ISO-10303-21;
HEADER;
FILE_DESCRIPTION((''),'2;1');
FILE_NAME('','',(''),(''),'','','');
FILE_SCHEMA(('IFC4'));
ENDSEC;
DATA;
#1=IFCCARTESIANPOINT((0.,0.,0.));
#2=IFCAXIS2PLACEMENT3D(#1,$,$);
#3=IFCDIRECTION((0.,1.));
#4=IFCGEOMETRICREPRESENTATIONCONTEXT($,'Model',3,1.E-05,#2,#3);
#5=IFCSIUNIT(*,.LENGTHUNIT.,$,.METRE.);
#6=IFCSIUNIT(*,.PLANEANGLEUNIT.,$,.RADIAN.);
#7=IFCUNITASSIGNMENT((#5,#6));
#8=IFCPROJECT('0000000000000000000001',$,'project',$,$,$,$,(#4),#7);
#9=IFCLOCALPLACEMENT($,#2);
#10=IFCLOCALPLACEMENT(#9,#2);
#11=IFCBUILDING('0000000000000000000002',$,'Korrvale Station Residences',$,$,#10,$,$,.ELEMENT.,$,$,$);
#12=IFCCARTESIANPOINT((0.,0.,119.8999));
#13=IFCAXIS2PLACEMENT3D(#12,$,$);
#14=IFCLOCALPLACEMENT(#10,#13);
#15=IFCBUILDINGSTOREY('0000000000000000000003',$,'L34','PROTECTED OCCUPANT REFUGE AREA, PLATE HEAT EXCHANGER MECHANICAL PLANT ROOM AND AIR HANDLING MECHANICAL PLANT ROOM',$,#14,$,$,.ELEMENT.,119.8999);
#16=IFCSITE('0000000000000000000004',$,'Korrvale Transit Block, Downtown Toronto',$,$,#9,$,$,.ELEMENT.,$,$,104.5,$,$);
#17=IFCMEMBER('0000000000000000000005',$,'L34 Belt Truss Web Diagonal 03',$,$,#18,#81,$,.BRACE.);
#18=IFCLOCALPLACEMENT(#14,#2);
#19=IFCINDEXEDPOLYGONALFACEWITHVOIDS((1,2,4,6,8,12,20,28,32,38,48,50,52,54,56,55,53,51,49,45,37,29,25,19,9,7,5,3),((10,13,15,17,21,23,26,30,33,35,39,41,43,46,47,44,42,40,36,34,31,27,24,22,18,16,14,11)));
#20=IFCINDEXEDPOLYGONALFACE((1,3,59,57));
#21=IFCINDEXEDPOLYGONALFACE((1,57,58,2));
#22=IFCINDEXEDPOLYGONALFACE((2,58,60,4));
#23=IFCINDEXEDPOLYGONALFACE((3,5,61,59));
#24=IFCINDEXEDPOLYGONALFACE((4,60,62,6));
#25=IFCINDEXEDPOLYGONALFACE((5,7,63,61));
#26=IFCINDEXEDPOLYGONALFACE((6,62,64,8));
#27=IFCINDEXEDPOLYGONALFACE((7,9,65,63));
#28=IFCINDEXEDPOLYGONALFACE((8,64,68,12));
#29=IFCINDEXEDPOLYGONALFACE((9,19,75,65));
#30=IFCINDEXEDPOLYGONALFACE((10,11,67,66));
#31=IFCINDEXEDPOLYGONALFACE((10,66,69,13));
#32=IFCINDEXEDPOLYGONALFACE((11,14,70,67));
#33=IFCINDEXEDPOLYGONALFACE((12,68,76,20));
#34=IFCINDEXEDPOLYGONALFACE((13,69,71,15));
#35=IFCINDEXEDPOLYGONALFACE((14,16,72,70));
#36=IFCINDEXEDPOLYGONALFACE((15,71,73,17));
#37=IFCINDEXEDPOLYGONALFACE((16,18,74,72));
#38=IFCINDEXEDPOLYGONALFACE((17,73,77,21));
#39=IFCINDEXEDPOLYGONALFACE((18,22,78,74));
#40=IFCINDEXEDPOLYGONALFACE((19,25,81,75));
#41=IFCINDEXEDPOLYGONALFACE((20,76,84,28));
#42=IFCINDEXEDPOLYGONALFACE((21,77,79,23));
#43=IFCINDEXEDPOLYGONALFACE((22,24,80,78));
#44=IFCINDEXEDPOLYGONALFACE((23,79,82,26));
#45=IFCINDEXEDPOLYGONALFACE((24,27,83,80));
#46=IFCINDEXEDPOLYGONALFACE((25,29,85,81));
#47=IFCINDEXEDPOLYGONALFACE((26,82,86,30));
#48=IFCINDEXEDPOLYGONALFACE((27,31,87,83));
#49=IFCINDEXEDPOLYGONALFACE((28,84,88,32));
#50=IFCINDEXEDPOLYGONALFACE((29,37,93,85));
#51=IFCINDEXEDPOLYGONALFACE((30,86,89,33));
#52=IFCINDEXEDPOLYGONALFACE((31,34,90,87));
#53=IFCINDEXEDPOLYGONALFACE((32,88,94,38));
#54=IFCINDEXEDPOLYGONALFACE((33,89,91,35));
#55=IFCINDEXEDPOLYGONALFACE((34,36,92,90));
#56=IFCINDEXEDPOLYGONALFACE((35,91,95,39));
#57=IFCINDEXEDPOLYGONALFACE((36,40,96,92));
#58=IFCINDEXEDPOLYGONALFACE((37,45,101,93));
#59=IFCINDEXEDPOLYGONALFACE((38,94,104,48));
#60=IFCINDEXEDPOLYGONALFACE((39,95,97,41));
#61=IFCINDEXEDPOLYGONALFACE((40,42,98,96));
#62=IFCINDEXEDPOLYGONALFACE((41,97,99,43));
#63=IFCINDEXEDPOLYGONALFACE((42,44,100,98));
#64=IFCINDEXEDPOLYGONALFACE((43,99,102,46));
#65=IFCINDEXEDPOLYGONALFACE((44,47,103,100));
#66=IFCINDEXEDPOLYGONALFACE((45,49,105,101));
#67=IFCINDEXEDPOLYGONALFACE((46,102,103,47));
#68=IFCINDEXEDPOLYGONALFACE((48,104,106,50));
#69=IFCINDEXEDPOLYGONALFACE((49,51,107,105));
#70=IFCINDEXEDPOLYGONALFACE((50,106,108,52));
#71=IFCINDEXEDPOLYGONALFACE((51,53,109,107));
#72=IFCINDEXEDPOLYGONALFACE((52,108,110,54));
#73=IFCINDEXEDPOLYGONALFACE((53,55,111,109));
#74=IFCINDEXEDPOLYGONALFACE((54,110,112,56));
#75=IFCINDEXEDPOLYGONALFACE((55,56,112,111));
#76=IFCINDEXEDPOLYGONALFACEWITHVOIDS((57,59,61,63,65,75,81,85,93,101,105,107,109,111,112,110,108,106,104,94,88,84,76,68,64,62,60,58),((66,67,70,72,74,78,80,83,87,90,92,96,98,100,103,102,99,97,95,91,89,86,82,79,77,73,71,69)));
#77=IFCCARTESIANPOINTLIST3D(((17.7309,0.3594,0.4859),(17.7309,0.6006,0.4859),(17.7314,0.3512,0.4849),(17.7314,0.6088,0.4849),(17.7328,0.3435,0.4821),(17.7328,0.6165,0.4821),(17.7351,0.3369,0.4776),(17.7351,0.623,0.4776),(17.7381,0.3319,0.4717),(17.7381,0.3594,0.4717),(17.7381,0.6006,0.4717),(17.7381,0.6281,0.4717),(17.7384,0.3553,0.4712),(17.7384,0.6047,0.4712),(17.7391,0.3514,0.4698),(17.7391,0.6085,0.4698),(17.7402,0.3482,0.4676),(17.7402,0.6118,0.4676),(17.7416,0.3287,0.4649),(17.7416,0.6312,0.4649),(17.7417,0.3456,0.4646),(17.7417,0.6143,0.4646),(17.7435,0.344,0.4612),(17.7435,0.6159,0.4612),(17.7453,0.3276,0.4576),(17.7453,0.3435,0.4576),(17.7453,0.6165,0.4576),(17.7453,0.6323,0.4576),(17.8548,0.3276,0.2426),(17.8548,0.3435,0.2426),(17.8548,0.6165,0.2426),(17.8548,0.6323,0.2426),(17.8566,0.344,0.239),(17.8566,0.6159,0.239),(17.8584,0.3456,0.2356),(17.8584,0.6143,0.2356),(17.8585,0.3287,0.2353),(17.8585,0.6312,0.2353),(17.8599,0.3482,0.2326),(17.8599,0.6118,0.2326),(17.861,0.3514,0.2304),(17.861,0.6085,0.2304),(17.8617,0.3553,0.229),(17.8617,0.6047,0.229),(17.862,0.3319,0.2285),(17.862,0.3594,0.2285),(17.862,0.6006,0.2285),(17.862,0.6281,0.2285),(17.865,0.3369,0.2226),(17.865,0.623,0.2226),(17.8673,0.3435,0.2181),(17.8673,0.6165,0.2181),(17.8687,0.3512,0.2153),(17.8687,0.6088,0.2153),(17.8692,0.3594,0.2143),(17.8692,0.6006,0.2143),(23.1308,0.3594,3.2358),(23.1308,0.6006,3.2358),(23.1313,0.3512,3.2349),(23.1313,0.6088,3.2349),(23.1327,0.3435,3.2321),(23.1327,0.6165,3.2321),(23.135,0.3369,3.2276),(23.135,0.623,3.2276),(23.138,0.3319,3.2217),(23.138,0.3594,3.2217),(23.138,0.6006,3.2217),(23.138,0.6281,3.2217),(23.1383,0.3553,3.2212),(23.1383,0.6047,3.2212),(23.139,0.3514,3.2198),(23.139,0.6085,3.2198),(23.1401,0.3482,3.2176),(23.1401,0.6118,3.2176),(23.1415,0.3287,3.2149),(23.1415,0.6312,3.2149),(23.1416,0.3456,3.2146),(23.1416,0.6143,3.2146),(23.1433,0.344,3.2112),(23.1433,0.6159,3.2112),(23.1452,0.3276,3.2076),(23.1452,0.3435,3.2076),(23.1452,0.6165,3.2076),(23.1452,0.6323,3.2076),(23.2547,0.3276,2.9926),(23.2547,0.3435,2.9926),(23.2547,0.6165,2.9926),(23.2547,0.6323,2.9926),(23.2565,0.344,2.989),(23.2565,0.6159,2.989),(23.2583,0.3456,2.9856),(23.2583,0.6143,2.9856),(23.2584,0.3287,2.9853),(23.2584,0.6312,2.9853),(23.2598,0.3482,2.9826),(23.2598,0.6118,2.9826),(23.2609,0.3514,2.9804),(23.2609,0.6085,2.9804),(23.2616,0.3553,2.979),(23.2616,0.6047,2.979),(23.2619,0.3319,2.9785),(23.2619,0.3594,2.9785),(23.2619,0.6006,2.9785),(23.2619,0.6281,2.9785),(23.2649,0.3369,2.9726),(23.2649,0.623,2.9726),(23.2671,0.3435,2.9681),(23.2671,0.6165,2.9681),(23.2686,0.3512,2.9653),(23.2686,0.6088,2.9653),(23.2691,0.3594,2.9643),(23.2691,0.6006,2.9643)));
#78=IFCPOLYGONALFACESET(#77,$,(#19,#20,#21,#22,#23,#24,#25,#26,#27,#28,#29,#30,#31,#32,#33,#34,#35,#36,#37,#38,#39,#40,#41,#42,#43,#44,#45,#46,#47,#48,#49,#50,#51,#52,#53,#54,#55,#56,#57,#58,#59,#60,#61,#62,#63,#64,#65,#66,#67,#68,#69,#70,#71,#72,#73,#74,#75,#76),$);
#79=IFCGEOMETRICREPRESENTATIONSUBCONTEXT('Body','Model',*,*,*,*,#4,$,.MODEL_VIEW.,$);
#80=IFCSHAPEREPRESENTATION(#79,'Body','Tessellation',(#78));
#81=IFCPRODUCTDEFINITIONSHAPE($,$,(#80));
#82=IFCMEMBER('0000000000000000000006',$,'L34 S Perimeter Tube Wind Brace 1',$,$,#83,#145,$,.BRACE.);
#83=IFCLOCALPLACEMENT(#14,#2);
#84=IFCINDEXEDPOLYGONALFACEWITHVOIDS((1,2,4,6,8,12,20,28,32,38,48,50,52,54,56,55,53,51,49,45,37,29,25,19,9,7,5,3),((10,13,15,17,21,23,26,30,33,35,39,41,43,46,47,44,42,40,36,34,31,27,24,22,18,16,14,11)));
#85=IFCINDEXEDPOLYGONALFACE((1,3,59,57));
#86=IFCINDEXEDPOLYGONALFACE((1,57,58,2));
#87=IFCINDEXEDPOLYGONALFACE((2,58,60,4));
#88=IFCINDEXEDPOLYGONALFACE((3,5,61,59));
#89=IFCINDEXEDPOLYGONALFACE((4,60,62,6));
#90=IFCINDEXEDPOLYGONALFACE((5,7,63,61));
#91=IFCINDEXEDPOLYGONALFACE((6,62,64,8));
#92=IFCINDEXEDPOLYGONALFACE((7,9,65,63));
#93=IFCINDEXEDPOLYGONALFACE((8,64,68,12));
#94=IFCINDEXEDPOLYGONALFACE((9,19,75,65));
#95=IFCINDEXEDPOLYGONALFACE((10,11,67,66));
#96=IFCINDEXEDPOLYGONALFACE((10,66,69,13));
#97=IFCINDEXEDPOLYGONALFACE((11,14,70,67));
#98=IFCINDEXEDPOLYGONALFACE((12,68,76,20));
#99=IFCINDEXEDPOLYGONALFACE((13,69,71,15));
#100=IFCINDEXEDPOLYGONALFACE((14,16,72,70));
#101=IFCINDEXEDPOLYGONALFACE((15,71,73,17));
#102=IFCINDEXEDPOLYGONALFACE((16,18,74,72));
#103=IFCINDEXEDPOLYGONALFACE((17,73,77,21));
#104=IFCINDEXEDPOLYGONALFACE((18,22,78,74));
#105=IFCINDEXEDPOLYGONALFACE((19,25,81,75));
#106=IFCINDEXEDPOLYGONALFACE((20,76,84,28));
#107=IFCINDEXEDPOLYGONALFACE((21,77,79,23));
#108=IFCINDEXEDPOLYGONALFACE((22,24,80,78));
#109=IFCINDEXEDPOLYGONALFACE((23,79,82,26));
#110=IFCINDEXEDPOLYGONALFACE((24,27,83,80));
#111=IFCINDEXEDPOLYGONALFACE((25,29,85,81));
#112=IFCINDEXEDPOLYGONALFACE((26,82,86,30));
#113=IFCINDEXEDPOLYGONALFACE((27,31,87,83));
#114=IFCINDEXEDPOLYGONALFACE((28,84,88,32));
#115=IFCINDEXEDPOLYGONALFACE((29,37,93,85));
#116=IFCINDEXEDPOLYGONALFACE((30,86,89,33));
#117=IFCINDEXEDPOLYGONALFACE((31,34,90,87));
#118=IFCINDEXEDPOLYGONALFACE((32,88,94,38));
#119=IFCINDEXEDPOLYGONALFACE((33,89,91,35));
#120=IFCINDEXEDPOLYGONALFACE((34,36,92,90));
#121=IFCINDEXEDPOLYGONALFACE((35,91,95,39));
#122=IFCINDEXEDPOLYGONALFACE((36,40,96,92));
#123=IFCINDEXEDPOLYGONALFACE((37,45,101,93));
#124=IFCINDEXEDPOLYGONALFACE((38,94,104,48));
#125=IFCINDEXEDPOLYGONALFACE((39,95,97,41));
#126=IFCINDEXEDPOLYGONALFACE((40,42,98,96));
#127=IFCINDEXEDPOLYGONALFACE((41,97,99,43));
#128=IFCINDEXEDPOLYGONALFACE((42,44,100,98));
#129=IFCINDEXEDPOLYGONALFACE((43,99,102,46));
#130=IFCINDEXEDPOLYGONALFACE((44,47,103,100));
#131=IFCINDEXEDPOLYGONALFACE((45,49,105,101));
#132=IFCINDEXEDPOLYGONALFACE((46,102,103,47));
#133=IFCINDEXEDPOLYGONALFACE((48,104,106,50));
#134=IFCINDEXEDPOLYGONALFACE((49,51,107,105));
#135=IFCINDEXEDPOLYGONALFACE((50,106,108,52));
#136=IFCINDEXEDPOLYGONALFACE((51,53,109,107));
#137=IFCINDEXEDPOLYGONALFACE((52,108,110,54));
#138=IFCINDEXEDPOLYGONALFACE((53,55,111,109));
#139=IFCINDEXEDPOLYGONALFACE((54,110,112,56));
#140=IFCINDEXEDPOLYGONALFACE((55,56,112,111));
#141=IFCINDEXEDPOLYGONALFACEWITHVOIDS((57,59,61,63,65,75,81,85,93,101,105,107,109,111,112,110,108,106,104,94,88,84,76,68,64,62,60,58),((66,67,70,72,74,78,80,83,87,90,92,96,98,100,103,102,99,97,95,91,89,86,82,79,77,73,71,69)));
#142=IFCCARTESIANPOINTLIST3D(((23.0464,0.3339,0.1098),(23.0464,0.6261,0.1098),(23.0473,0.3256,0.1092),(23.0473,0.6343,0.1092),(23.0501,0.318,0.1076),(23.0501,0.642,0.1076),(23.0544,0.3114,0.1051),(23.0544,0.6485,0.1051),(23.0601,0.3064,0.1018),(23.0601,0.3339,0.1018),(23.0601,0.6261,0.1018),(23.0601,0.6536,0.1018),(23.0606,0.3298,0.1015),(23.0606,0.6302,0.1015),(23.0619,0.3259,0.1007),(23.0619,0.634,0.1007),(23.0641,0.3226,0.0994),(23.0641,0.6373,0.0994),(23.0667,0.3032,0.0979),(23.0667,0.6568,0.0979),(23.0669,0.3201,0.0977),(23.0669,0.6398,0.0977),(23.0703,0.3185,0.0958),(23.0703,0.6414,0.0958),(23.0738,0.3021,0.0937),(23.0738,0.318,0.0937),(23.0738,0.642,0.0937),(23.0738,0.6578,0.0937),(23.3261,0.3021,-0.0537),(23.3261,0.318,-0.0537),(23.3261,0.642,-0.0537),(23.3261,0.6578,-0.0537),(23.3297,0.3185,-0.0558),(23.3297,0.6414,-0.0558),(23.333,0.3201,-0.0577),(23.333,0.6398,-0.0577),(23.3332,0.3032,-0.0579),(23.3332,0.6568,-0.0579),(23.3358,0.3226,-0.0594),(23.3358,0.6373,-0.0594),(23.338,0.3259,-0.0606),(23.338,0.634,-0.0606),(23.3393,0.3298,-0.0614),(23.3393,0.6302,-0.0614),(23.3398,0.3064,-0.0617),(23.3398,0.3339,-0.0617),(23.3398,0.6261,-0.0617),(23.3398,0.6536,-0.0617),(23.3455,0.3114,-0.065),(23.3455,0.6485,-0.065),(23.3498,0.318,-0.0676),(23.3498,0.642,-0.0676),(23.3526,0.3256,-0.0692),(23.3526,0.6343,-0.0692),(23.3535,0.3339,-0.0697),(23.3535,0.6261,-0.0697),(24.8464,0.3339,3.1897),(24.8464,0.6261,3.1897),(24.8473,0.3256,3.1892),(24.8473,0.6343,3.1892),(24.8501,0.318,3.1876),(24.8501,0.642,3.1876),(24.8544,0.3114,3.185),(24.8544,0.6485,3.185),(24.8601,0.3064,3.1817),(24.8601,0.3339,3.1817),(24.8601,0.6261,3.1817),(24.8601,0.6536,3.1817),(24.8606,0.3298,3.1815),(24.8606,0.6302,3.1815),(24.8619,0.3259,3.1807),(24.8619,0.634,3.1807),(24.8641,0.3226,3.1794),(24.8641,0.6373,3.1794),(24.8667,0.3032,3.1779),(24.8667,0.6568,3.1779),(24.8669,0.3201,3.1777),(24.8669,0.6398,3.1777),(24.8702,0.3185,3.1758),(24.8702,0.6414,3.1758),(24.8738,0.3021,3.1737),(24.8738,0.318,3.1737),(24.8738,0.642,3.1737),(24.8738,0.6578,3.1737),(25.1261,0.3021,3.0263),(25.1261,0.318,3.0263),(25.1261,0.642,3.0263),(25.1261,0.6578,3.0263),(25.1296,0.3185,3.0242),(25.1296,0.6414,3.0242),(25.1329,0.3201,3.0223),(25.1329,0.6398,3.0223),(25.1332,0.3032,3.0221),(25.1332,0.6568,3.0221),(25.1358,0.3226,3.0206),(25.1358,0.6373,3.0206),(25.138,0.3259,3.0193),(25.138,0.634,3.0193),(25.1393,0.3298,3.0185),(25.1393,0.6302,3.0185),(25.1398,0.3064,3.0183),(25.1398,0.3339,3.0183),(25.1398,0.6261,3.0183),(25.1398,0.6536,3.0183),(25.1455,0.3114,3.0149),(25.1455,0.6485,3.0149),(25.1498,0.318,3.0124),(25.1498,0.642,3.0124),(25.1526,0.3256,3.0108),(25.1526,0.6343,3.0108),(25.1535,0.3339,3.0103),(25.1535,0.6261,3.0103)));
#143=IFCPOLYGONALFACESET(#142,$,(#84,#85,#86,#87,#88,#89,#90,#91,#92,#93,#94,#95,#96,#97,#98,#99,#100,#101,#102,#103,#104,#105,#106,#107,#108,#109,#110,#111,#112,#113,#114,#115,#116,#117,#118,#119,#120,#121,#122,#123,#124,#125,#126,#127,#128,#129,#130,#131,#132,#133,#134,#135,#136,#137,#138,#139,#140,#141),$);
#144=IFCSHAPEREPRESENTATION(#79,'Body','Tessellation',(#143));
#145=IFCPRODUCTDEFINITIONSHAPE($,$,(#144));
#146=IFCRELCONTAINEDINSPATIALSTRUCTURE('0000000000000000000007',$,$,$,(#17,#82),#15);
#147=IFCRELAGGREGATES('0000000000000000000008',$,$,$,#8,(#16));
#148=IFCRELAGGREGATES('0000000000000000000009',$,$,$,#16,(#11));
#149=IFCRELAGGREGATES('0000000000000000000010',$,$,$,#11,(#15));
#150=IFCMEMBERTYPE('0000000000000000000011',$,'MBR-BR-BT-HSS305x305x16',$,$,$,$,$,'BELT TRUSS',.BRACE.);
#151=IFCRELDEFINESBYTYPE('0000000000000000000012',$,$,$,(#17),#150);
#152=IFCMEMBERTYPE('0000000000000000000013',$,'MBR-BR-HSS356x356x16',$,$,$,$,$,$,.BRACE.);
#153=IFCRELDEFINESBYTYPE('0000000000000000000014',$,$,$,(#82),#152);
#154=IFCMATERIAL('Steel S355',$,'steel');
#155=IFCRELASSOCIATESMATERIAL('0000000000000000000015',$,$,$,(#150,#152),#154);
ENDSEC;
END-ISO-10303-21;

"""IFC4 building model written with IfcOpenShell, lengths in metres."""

from ifc_helpers import new_model, si_unit, direction, frame, origin, origin_2d, place, context, subcontext, project, spatial, hollow_rectangle, extrude, material, material_profile, profile_set, type_object, element, save


model = new_model("IFC4")

# Units and contexts
model_context = context("Model", 3, precision=1e-05, world=origin(), true_north=direction((0.0, 1.0)))
body_context = subcontext(model_context, "Body", "Model", "MODEL_VIEW")
ifc_project = project(units=[si_unit("LENGTHUNIT", "METRE"), si_unit("PLANEANGLEUNIT", "RADIAN")], contexts=[model_context])

# Site, building, storey
site_placement = place(None, origin())
site = spatial("IfcSite", under=ifc_project, at=site_placement, Name="Korrvale Transit Block, Downtown Toronto", CompositionType="ELEMENT", RefElevation=104.5)
building_placement = place(site_placement, origin())
building = spatial("IfcBuilding", under=site, at=building_placement, Name="Korrvale Station Residences", CompositionType="ELEMENT")
storey_placement = place(building_placement, frame((0.0, 0.0, 119.8999)))
storey = spatial("IfcBuildingStorey", under=building, at=storey_placement, Name="L34", Description="PROTECTED OCCUPANT REFUGE AREA, PLATE HEAT EXCHANGER MECHANICAL PLANT ROOM AND AIR HANDLING MECHANICAL PLANT ROOM", CompositionType="ELEMENT", Elevation=119.8999)

# Members
ifc_material_1 = material(Name="Steel S355", Category="steel")
ifc_material_profile_1 = material_profile(ifc_material_1, hollow_rectangle(XDim=0.3047, YDim=0.3047, WallThickness=0.0159, InnerFilletRadius=0.0159, OuterFilletRadius=0.0317, at=origin_2d()), Name="HSS305x305x16")
ifc_profile_set_1 = profile_set([ifc_material_profile_1], Name="Steel S355")
member_type_1 = type_object("IfcMemberType", Name="MBR-BR-BT-HSS305x305x16", ElementType="BELT TRUSS", PredefinedType="BRACE", material=ifc_profile_set_1)
member_1_placement = place(storey_placement, frame((17.8, 0.48, 0.3501), z_axis=(0.891099, 0.0, 0.453809), x_axis=(0.0, 1.0, 0.0)))
element("IfcMember", 1, at=member_1_placement, inside=storey, type_object=member_type_1, Name="L34 Belt Truss Web Diagonal 03", PredefinedType="BRACE", context=body_context, shape_type="SweptSolid", body=[
    extrude(hollow_rectangle(XDim=0.3047, YDim=0.3047, WallThickness=0.0159, InnerFilletRadius=0.0159, OuterFilletRadius=0.0317, at=origin_2d()), origin(), (0.0, 0.0, 1.0), 6.0598),
])
ifc_material_profile_2 = material_profile(ifc_material_1, hollow_rectangle(XDim=0.3557, YDim=0.3557, WallThickness=0.0159, InnerFilletRadius=0.0159, OuterFilletRadius=0.0317, at=origin_2d()), Name="HSS356x356x16")
ifc_profile_set_2 = profile_set([ifc_material_profile_2], Name="Steel S355")
member_type_2 = type_object("IfcMemberType", Name="MBR-BR-HSS356x356x16", PredefinedType="BRACE", material=ifc_profile_set_2)
member_2_placement = place(storey_placement, frame((23.2, 0.48, 0.02), z_axis=(0.504569, 0.0, 0.863372), x_axis=(0.0, 1.0, 0.0)))
element("IfcMember", 2, at=member_2_placement, inside=storey, type_object=member_type_2, Name="L34 S Perimeter Tube Wind Brace 1", PredefinedType="BRACE", context=body_context, shape_type="SweptSolid", body=[
    extrude(hollow_rectangle(XDim=0.3557, YDim=0.3557, WallThickness=0.0159, InnerFilletRadius=0.0159, OuterFilletRadius=0.0317, at=origin_2d()), origin(), (0.0, 0.0, 1.0), 3.5674),
])

save(model, "model.ifc")
